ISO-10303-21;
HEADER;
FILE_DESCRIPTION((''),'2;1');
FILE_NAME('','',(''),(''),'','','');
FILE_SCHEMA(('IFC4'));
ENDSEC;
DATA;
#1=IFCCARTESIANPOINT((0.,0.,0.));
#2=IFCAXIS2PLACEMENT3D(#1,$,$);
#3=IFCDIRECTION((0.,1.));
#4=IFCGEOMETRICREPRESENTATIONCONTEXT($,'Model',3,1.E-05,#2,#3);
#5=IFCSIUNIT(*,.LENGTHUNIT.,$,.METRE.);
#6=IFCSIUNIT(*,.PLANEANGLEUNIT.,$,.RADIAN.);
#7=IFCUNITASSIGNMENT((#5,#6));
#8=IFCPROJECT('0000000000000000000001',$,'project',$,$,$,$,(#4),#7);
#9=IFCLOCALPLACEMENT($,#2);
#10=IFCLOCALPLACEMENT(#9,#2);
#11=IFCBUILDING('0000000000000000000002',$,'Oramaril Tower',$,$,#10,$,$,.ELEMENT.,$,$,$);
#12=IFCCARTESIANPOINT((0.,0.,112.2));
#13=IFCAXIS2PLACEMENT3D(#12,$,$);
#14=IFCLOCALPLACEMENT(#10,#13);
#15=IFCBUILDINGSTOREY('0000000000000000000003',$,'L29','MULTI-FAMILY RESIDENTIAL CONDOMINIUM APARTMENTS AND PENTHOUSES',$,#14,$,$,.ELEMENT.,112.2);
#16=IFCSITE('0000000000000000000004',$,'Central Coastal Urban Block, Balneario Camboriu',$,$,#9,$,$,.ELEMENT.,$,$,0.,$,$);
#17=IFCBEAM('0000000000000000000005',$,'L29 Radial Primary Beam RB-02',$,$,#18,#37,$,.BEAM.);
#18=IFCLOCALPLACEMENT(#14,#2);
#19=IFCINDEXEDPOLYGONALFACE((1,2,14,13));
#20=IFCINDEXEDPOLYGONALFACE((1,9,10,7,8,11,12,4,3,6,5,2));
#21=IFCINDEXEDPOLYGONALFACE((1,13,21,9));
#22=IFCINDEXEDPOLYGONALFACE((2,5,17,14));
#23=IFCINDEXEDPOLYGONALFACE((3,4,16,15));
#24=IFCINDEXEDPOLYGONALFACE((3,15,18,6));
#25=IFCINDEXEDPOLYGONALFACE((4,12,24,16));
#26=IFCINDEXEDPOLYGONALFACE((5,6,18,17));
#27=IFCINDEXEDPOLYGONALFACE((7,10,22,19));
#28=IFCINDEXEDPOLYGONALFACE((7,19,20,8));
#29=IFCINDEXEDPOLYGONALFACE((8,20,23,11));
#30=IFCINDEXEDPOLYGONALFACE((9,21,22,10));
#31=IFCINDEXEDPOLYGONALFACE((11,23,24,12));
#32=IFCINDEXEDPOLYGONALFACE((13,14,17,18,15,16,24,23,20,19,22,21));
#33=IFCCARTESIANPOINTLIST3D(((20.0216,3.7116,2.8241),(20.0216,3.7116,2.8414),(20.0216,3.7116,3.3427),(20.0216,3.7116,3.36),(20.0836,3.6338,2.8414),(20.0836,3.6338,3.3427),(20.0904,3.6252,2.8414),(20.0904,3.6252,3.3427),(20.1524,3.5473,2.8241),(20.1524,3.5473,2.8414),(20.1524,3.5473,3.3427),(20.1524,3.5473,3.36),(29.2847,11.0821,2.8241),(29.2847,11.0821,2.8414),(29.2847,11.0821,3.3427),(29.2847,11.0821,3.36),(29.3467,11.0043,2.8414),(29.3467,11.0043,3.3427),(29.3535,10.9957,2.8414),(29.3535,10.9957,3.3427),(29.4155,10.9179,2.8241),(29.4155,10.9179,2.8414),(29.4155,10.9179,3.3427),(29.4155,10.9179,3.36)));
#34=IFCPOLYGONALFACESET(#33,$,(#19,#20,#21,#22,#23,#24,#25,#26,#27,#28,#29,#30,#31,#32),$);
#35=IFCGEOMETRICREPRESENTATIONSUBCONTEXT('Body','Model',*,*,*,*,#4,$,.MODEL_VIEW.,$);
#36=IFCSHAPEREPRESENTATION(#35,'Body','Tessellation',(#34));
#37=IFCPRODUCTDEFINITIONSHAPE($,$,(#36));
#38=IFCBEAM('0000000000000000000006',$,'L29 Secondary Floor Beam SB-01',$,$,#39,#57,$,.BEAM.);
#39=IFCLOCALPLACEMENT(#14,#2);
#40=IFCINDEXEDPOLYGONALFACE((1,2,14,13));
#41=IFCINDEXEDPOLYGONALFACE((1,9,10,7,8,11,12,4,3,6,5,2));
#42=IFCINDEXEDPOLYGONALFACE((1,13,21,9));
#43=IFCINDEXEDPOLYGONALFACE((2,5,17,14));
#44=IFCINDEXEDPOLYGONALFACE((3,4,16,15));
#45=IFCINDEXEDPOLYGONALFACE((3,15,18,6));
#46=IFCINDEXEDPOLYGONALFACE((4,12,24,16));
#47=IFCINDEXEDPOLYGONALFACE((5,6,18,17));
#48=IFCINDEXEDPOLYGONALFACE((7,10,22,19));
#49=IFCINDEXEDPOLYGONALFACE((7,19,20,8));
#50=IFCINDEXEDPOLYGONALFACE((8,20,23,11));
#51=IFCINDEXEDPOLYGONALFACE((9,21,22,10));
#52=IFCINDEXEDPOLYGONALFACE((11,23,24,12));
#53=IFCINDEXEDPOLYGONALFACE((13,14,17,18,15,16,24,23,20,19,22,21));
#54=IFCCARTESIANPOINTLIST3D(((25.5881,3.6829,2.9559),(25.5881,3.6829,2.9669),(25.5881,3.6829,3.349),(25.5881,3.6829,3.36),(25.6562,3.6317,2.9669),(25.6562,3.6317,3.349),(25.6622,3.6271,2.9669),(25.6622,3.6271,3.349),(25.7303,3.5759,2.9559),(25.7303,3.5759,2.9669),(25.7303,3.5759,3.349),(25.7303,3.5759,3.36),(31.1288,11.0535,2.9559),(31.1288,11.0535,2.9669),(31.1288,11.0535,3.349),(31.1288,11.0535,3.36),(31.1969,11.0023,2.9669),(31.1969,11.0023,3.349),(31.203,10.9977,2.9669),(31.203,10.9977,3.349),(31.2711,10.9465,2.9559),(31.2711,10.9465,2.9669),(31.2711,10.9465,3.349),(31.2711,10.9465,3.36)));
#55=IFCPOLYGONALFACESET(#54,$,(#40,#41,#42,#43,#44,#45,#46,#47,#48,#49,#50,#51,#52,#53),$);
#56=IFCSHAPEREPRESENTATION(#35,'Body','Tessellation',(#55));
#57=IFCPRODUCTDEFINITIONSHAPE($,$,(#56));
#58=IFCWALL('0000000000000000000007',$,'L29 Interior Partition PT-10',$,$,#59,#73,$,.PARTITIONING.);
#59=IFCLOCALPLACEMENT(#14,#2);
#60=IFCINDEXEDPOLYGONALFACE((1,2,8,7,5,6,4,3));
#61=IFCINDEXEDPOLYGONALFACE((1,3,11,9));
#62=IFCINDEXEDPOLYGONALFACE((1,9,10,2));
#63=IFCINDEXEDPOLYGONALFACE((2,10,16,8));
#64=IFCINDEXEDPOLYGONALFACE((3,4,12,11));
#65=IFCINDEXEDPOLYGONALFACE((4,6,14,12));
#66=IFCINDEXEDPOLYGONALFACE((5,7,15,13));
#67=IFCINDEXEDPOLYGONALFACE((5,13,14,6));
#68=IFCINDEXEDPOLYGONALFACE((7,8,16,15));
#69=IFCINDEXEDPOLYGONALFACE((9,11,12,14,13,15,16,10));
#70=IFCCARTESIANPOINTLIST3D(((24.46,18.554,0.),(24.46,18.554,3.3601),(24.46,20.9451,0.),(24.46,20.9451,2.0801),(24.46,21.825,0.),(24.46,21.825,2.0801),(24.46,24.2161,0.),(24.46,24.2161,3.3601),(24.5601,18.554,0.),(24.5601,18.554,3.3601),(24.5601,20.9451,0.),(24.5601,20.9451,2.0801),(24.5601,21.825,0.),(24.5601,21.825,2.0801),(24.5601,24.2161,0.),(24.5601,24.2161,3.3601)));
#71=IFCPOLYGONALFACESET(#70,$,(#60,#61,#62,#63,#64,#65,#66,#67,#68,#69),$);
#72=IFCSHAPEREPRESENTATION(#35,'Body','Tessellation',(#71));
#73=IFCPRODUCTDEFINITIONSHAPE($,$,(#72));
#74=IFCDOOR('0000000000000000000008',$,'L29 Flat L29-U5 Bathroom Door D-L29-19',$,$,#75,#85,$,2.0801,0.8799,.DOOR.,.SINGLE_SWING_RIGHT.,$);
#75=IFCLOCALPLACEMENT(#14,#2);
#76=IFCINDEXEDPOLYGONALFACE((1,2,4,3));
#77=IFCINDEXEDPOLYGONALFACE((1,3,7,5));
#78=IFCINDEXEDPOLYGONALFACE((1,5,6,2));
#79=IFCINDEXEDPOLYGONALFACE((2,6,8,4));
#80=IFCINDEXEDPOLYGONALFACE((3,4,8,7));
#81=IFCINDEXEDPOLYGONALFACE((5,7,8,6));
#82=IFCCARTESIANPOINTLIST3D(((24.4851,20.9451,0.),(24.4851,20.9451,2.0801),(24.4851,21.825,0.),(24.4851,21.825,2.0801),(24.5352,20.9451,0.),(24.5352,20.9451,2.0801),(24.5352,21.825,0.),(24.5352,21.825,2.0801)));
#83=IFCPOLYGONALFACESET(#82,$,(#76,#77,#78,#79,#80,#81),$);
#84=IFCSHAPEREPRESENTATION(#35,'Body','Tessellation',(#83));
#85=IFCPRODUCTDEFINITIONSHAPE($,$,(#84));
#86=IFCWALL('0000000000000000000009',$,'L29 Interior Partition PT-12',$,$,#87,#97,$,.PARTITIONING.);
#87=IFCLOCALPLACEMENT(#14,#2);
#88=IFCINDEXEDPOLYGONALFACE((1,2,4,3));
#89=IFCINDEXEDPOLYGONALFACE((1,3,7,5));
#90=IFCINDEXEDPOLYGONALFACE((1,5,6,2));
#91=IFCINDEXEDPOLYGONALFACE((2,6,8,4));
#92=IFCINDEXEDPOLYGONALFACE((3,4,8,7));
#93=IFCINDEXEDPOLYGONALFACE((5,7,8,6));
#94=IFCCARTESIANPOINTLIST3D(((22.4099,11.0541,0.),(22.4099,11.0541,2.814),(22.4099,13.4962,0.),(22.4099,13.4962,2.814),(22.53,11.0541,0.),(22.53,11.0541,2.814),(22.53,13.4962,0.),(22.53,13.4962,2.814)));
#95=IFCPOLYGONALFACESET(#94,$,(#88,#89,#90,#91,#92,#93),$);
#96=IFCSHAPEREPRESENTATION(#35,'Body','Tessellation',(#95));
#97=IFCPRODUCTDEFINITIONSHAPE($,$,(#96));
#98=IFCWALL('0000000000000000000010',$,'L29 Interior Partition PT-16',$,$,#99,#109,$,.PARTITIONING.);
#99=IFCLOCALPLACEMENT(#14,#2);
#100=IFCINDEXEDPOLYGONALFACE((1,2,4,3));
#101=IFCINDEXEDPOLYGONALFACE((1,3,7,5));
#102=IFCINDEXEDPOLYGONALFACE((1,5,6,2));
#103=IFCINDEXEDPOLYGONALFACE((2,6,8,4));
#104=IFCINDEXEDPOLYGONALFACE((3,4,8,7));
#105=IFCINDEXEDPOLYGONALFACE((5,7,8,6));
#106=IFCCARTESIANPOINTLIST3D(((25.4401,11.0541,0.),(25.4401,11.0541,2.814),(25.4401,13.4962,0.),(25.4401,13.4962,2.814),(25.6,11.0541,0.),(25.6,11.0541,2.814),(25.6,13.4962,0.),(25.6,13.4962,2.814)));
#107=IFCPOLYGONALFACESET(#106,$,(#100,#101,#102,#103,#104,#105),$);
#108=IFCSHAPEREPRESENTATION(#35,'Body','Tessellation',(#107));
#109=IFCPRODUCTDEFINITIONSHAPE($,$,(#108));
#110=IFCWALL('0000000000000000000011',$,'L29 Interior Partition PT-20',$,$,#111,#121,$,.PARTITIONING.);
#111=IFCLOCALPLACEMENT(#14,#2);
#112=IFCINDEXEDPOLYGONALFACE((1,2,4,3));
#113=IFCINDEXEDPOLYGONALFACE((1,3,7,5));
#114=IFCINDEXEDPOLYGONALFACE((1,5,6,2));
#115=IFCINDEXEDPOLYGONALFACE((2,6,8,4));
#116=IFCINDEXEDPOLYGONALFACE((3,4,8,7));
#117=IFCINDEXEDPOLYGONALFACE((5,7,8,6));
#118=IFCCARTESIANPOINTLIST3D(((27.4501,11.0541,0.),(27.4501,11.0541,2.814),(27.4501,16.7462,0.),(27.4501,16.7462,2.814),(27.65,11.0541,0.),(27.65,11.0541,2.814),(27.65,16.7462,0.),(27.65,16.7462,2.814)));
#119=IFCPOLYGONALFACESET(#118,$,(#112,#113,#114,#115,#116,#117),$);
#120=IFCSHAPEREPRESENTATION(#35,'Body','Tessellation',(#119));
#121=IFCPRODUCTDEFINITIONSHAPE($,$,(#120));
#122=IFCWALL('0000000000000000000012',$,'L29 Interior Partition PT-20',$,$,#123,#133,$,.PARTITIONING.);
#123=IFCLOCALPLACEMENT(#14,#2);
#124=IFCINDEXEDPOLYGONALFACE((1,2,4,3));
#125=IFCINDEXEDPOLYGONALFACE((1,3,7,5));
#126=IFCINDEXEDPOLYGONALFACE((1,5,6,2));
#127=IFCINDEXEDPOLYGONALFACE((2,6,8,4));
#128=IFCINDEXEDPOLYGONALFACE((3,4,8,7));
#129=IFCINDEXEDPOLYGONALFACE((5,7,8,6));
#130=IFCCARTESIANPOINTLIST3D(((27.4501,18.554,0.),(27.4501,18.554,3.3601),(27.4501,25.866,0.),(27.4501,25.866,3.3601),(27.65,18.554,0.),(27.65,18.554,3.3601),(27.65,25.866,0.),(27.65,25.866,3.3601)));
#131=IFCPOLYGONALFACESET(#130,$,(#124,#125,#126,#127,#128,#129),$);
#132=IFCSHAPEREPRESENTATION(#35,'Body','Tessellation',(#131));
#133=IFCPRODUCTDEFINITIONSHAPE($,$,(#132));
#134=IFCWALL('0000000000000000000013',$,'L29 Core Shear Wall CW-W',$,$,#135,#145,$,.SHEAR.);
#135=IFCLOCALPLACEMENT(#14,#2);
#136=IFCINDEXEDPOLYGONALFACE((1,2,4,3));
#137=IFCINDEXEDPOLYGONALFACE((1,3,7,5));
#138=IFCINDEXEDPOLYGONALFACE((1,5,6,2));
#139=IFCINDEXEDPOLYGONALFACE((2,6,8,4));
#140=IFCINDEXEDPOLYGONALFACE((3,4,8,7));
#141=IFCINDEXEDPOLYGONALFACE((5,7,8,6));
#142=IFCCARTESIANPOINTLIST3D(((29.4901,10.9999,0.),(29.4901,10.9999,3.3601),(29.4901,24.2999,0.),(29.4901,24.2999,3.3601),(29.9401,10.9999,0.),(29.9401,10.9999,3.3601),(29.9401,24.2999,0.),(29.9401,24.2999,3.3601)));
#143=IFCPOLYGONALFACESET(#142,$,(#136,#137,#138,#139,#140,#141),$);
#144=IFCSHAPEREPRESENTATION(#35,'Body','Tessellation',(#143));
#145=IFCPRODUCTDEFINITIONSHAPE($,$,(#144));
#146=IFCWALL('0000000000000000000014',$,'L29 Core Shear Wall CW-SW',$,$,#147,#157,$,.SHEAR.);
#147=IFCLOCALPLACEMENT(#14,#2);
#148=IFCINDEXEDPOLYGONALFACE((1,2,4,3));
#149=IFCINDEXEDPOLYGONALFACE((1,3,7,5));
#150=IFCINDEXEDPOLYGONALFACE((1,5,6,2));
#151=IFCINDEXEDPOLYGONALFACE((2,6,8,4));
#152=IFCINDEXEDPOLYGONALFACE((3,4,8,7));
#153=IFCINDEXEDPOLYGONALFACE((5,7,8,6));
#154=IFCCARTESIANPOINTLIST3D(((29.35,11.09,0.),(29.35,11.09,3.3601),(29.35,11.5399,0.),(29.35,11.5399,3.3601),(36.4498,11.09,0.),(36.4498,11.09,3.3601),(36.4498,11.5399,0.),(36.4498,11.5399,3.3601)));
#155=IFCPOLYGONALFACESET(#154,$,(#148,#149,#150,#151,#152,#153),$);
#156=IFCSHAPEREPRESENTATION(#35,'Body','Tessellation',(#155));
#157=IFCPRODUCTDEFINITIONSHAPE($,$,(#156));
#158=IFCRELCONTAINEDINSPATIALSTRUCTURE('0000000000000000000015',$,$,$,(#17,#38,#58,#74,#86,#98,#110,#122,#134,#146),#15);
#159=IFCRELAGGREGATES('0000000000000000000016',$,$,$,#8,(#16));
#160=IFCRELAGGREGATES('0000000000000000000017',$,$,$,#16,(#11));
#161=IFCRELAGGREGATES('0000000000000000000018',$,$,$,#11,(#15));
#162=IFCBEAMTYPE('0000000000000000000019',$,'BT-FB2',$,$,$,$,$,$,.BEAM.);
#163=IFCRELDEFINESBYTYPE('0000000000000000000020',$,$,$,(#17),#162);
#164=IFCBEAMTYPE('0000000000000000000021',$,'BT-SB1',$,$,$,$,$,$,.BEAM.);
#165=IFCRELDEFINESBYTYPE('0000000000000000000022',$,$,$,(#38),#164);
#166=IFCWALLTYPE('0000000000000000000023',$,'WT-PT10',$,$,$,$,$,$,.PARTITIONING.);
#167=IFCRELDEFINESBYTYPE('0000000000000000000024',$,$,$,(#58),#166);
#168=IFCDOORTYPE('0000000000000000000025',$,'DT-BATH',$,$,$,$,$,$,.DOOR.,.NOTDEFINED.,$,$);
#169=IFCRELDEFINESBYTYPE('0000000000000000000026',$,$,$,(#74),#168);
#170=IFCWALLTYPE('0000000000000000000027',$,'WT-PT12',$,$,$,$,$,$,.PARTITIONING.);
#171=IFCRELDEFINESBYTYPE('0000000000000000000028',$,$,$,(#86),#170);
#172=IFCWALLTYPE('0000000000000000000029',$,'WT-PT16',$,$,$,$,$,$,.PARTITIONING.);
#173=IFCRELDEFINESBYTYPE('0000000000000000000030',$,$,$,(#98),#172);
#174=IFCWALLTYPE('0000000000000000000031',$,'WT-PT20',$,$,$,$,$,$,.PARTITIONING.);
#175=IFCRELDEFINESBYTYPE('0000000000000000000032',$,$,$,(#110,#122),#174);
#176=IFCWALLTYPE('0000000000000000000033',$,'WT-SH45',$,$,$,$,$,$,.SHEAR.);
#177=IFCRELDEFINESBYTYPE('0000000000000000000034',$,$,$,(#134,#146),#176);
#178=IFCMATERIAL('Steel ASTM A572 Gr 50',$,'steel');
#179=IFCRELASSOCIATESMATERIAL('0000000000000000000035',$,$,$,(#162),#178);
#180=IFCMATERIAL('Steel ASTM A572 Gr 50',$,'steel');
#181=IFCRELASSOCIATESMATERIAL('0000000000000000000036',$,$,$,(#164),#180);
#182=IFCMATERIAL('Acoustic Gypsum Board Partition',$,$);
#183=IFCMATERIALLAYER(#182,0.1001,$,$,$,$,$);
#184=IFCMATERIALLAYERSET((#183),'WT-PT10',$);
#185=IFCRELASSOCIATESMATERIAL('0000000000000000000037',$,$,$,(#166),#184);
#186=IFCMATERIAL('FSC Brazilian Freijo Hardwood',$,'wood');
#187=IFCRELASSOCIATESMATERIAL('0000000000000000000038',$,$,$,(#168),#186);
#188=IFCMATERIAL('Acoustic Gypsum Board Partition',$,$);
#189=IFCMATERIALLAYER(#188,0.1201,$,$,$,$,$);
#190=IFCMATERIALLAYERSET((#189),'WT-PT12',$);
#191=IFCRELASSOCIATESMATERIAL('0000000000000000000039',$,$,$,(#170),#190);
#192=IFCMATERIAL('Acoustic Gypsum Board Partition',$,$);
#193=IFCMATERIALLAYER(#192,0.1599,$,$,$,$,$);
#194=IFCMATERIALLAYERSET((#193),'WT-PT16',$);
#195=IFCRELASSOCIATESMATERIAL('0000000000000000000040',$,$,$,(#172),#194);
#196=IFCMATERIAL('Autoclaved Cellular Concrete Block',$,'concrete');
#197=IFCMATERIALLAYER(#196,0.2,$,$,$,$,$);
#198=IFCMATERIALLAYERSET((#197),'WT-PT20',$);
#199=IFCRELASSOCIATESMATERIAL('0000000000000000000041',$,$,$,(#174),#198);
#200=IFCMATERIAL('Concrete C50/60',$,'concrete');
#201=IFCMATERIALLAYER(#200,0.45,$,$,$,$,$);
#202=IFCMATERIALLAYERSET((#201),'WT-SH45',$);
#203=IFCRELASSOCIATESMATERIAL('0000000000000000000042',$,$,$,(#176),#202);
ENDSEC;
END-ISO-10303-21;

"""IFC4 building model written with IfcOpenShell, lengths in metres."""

from ifc_helpers import new_model, si_unit, direction, frame, frame_2d, origin, origin_2d, place, context, subcontext, project, spatial, rectangle, i_section, extrude, material, layer, layer_set, material_profile, profile_set, type_object, element, fill, save


model = new_model("IFC4")

# Units and contexts
model_context = context("Model", 3, precision=1e-05, world=origin(), true_north=direction((0.0, 1.0)))
body_context = subcontext(model_context, "Body", "Model", "MODEL_VIEW")
ifc_project = project(units=[si_unit("LENGTHUNIT", "METRE"), si_unit("PLANEANGLEUNIT", "RADIAN")], contexts=[model_context])

# Site, building, storey
site_placement = place(None, origin())
site = spatial("IfcSite", under=ifc_project, at=site_placement, Name="Central Coastal Urban Block, Balneario Camboriu", CompositionType="ELEMENT", RefElevation=0.0)
building_placement = place(site_placement, origin())
building = spatial("IfcBuilding", under=site, at=building_placement, Name="Oramaril Tower", CompositionType="ELEMENT")
storey_placement = place(building_placement, frame((0.0, 0.0, 112.2)))
storey = spatial("IfcBuildingStorey", under=building, at=storey_placement, Name="L29", Description="MULTI-FAMILY RESIDENTIAL CONDOMINIUM APARTMENTS AND PENTHOUSES", CompositionType="ELEMENT", Elevation=112.2)

# Beams
ifc_material_1 = material(Name="Steel ASTM A572 Gr 50", Category="steel")
ifc_material_profile_1 = material_profile(ifc_material_1, i_section(OverallWidth=0.21, OverallDepth=0.5359, WebThickness=0.011, FlangeThickness=0.0173, at=origin_2d()), Name="W21X68")
ifc_profile_set_1 = profile_set([ifc_material_profile_1], Name="Steel ASTM A572 Gr 50")
beam_type_1 = type_object("IfcBeamType", Name="BT-FB2", PredefinedType="BEAM", material=ifc_profile_set_1)
beam_1_placement = place(storey_placement, frame((29.3501, 11.0, 3.092), z_axis=(-0.782512, -0.622636, 0.0), x_axis=(0.622636, -0.782512, 0.0)))
element("IfcBeam", 1, at=beam_1_placement, inside=storey, type_object=beam_type_1, Name="L29 Radial Primary Beam RB-02", PredefinedType="BEAM", context=body_context, shape_type="SweptSolid", body=[
    extrude(i_section(OverallWidth=0.21, OverallDepth=0.5359, WebThickness=0.011, FlangeThickness=0.0173, at=origin_2d()), origin(), (0.0, 0.0, 1.0), 11.8376),
])
ifc_material_2 = material(Name="Steel ASTM A572 Gr 50", Category="steel")
ifc_material_profile_2 = material_profile(ifc_material_2, i_section(OverallWidth=0.178, OverallDepth=0.4041, WebThickness=0.0076, FlangeThickness=0.011, at=origin_2d()), Name="W16X36")
ifc_profile_set_2 = profile_set([ifc_material_profile_2], Name="Steel ASTM A572 Gr 50")
beam_type_2 = type_object("IfcBeamType", Name="BT-SB1", PredefinedType="BEAM", material=ifc_profile_set_2)
beam_2_placement = place(storey_placement, frame((31.2, 11.0, 3.158), z_axis=(-0.600889, -0.799332, 0.0), x_axis=(0.799332, -0.600889, 0.0)))
element("IfcBeam", 2, at=beam_2_placement, inside=storey, type_object=beam_type_2, Name="L29 Secondary Floor Beam SB-01", PredefinedType="BEAM", context=body_context, shape_type="SweptSolid", body=[
    extrude(i_section(OverallWidth=0.178, OverallDepth=0.4041, WebThickness=0.0076, FlangeThickness=0.011, at=origin_2d()), origin(), (0.0, 0.0, 1.0), 9.2209),
])

# Wall, opening, door
ifc_material_3 = material(Name="Acoustic Gypsum Board Partition")
ifc_layer_1 = layer(ifc_material_3, 0.1001)
ifc_layer_set_1 = layer_set([ifc_layer_1], Name="WT-PT10")
wall_type_1 = type_object("IfcWallType", Name="WT-PT10", PredefinedType="PARTITIONING", material=ifc_layer_set_1)
wall_1_placement = place(storey_placement, frame((24.51, 18.554, 0.0), z_axis=(0.0, 0.0, 1.0), x_axis=(0.0, 1.0, 0.0)))
wall_1 = element("IfcWall", 3, at=wall_1_placement, inside=storey, type_object=wall_type_1, Name="L29 Interior Partition PT-10", PredefinedType="PARTITIONING", context=body_context, shape_type="SweptSolid", body=[
    extrude(rectangle(XDim=5.6621, YDim=0.1001, at=frame_2d((2.8311, 0.0))), origin(), (0.0, 0.0, 1.0), 3.3601),
])
opening_1_placement = place(wall_1_placement, frame((2.3911, 0.0, 0.0)))
opening_1 = element("IfcOpeningElement", 4, at=opening_1_placement, cuts=wall_1, PredefinedType="OPENING", context=body_context, shape_type="SweptSolid", body=[
    extrude(rectangle(XDim=0.8799, YDim=2.0801, at=frame_2d((0.4399, 1.04))), frame((0.0, 0.05, 0.0), z_axis=(0.0, -1.0, 0.0), x_axis=(1.0, 0.0, 0.0)), (0.0, 0.0, 1.0), 0.1001),
])
ifc_material_4 = material(Name="FSC Brazilian Freijo Hardwood", Category="wood")
door_type_1 = type_object("IfcDoorType", Name="DT-BATH", OperationType="NOTDEFINED", PredefinedType="DOOR", material=ifc_material_4)
door_1_placement = place(opening_1_placement, origin())
door_1 = element("IfcDoor", 5, at=door_1_placement, inside=storey, type_object=door_type_1, Name="L29 Flat L29-U5 Bathroom Door D-L29-19", OperationType="SINGLE_SWING_RIGHT", OverallHeight=2.0801, OverallWidth=0.8799, PredefinedType="DOOR", context=body_context, shape_type="SweptSolid", body=[
    extrude(rectangle(XDim=0.8799, YDim=2.0801, at=frame_2d((0.4399, 1.04))), frame((0.0, 0.0249, 0.0), z_axis=(0.0, -1.0, 0.0), x_axis=(1.0, 0.0, 0.0)), (0.0, 0.0, 1.0), 0.05),
])
fill(opening_1, door_1)

# Walls
ifc_material_5 = material(Name="Acoustic Gypsum Board Partition")
ifc_layer_2 = layer(ifc_material_5, 0.1201)
ifc_layer_set_2 = layer_set([ifc_layer_2], Name="WT-PT12")
wall_type_2 = type_object("IfcWallType", Name="WT-PT12", PredefinedType="PARTITIONING", material=ifc_layer_set_2)
wall_2_placement = place(storey_placement, frame((22.47, 11.054, 0.0), z_axis=(0.0, 0.0, 1.0), x_axis=(0.0, 1.0, 0.0)))
element("IfcWall", 6, at=wall_2_placement, inside=storey, type_object=wall_type_2, Name="L29 Interior Partition PT-12", PredefinedType="PARTITIONING", context=body_context, shape_type="SweptSolid", body=[
    extrude(rectangle(XDim=2.4421, YDim=0.1201, at=frame_2d((1.2212, 0.0))), origin(), (0.0, 0.0, 1.0), 2.814),
])
ifc_material_6 = material(Name="Acoustic Gypsum Board Partition")
ifc_layer_3 = layer(ifc_material_6, 0.1599)
ifc_layer_set_3 = layer_set([ifc_layer_3], Name="WT-PT16")
wall_type_3 = type_object("IfcWallType", Name="WT-PT16", PredefinedType="PARTITIONING", material=ifc_layer_set_3)
wall_3_placement = place(storey_placement, frame((25.52, 11.054, 0.0), z_axis=(0.0, 0.0, 1.0), x_axis=(0.0, 1.0, 0.0)))
element("IfcWall", 7, at=wall_3_placement, inside=storey, type_object=wall_type_3, Name="L29 Interior Partition PT-16", PredefinedType="PARTITIONING", context=body_context, shape_type="SweptSolid", body=[
    extrude(rectangle(XDim=2.4421, YDim=0.1599, at=frame_2d((1.2212, 0.0))), origin(), (0.0, 0.0, 1.0), 2.814),
])
ifc_material_7 = material(Name="Autoclaved Cellular Concrete Block", Category="concrete")
ifc_layer_4 = layer(ifc_material_7, 0.2)
ifc_layer_set_4 = layer_set([ifc_layer_4], Name="WT-PT20")
wall_type_4 = type_object("IfcWallType", Name="WT-PT20", PredefinedType="PARTITIONING", material=ifc_layer_set_4)
wall_4_placement = place(storey_placement, frame((27.55, 11.054, 0.0), z_axis=(0.0, 0.0, 1.0), x_axis=(0.0, 1.0, 0.0)))
element("IfcWall", 8, at=wall_4_placement, inside=storey, type_object=wall_type_4, Name="L29 Interior Partition PT-20", PredefinedType="PARTITIONING", context=body_context, shape_type="SweptSolid", body=[
    extrude(rectangle(XDim=5.6921, YDim=0.2, at=frame_2d((2.8462, 0.0))), origin(), (0.0, 0.0, 1.0), 2.814),
])
wall_5_placement = place(storey_placement, frame((27.55, 18.554, 0.0), z_axis=(0.0, 0.0, 1.0), x_axis=(0.0, 1.0, 0.0)))
element("IfcWall", 9, at=wall_5_placement, inside=storey, type_object=wall_type_4, Name="L29 Interior Partition PT-20", PredefinedType="PARTITIONING", context=body_context, shape_type="SweptSolid", body=[
    extrude(rectangle(XDim=7.312, YDim=0.2, at=frame_2d((3.656, 0.0))), origin(), (0.0, 0.0, 1.0), 3.3601),
])

# Walls
ifc_material_8 = material(Name="Concrete C50/60", Category="concrete")
ifc_layer_5 = layer(ifc_material_8, 0.45)
ifc_layer_set_5 = layer_set([ifc_layer_5], Name="WT-SH45")
wall_type_5 = type_object("IfcWallType", Name="WT-SH45", PredefinedType="SHEAR", material=ifc_layer_set_5)
wall_6_placement = place(storey_placement, frame((29.7151, 11.0, 0.0), z_axis=(0.0, 0.0, 1.0), x_axis=(0.0, 1.0, 0.0)))
element("IfcWall", 10, at=wall_6_placement, inside=storey, type_object=wall_type_5, Name="L29 Core Shear Wall CW-W", PredefinedType="SHEAR", context=body_context, shape_type="SweptSolid", body=[
    extrude(rectangle(XDim=13.3, YDim=0.45, at=frame_2d((6.6499, 0.0))), origin(), (0.0, 0.0, 1.0), 3.3601),
])
wall_7_placement = place(storey_placement, frame((29.3501, 11.3149, 0.0), z_axis=(0.0, 0.0, 1.0), x_axis=(1.0, 0.0, 0.0)))
element("IfcWall", 11, at=wall_7_placement, inside=storey, type_object=wall_type_5, Name="L29 Core Shear Wall CW-SW", PredefinedType="SHEAR", context=body_context, shape_type="SweptSolid", body=[
    extrude(rectangle(XDim=7.0999, YDim=0.45, at=frame_2d((3.5498, 0.0))), origin(), (0.0, 0.0, 1.0), 3.3601),
])

save(model, "model.ifc")
